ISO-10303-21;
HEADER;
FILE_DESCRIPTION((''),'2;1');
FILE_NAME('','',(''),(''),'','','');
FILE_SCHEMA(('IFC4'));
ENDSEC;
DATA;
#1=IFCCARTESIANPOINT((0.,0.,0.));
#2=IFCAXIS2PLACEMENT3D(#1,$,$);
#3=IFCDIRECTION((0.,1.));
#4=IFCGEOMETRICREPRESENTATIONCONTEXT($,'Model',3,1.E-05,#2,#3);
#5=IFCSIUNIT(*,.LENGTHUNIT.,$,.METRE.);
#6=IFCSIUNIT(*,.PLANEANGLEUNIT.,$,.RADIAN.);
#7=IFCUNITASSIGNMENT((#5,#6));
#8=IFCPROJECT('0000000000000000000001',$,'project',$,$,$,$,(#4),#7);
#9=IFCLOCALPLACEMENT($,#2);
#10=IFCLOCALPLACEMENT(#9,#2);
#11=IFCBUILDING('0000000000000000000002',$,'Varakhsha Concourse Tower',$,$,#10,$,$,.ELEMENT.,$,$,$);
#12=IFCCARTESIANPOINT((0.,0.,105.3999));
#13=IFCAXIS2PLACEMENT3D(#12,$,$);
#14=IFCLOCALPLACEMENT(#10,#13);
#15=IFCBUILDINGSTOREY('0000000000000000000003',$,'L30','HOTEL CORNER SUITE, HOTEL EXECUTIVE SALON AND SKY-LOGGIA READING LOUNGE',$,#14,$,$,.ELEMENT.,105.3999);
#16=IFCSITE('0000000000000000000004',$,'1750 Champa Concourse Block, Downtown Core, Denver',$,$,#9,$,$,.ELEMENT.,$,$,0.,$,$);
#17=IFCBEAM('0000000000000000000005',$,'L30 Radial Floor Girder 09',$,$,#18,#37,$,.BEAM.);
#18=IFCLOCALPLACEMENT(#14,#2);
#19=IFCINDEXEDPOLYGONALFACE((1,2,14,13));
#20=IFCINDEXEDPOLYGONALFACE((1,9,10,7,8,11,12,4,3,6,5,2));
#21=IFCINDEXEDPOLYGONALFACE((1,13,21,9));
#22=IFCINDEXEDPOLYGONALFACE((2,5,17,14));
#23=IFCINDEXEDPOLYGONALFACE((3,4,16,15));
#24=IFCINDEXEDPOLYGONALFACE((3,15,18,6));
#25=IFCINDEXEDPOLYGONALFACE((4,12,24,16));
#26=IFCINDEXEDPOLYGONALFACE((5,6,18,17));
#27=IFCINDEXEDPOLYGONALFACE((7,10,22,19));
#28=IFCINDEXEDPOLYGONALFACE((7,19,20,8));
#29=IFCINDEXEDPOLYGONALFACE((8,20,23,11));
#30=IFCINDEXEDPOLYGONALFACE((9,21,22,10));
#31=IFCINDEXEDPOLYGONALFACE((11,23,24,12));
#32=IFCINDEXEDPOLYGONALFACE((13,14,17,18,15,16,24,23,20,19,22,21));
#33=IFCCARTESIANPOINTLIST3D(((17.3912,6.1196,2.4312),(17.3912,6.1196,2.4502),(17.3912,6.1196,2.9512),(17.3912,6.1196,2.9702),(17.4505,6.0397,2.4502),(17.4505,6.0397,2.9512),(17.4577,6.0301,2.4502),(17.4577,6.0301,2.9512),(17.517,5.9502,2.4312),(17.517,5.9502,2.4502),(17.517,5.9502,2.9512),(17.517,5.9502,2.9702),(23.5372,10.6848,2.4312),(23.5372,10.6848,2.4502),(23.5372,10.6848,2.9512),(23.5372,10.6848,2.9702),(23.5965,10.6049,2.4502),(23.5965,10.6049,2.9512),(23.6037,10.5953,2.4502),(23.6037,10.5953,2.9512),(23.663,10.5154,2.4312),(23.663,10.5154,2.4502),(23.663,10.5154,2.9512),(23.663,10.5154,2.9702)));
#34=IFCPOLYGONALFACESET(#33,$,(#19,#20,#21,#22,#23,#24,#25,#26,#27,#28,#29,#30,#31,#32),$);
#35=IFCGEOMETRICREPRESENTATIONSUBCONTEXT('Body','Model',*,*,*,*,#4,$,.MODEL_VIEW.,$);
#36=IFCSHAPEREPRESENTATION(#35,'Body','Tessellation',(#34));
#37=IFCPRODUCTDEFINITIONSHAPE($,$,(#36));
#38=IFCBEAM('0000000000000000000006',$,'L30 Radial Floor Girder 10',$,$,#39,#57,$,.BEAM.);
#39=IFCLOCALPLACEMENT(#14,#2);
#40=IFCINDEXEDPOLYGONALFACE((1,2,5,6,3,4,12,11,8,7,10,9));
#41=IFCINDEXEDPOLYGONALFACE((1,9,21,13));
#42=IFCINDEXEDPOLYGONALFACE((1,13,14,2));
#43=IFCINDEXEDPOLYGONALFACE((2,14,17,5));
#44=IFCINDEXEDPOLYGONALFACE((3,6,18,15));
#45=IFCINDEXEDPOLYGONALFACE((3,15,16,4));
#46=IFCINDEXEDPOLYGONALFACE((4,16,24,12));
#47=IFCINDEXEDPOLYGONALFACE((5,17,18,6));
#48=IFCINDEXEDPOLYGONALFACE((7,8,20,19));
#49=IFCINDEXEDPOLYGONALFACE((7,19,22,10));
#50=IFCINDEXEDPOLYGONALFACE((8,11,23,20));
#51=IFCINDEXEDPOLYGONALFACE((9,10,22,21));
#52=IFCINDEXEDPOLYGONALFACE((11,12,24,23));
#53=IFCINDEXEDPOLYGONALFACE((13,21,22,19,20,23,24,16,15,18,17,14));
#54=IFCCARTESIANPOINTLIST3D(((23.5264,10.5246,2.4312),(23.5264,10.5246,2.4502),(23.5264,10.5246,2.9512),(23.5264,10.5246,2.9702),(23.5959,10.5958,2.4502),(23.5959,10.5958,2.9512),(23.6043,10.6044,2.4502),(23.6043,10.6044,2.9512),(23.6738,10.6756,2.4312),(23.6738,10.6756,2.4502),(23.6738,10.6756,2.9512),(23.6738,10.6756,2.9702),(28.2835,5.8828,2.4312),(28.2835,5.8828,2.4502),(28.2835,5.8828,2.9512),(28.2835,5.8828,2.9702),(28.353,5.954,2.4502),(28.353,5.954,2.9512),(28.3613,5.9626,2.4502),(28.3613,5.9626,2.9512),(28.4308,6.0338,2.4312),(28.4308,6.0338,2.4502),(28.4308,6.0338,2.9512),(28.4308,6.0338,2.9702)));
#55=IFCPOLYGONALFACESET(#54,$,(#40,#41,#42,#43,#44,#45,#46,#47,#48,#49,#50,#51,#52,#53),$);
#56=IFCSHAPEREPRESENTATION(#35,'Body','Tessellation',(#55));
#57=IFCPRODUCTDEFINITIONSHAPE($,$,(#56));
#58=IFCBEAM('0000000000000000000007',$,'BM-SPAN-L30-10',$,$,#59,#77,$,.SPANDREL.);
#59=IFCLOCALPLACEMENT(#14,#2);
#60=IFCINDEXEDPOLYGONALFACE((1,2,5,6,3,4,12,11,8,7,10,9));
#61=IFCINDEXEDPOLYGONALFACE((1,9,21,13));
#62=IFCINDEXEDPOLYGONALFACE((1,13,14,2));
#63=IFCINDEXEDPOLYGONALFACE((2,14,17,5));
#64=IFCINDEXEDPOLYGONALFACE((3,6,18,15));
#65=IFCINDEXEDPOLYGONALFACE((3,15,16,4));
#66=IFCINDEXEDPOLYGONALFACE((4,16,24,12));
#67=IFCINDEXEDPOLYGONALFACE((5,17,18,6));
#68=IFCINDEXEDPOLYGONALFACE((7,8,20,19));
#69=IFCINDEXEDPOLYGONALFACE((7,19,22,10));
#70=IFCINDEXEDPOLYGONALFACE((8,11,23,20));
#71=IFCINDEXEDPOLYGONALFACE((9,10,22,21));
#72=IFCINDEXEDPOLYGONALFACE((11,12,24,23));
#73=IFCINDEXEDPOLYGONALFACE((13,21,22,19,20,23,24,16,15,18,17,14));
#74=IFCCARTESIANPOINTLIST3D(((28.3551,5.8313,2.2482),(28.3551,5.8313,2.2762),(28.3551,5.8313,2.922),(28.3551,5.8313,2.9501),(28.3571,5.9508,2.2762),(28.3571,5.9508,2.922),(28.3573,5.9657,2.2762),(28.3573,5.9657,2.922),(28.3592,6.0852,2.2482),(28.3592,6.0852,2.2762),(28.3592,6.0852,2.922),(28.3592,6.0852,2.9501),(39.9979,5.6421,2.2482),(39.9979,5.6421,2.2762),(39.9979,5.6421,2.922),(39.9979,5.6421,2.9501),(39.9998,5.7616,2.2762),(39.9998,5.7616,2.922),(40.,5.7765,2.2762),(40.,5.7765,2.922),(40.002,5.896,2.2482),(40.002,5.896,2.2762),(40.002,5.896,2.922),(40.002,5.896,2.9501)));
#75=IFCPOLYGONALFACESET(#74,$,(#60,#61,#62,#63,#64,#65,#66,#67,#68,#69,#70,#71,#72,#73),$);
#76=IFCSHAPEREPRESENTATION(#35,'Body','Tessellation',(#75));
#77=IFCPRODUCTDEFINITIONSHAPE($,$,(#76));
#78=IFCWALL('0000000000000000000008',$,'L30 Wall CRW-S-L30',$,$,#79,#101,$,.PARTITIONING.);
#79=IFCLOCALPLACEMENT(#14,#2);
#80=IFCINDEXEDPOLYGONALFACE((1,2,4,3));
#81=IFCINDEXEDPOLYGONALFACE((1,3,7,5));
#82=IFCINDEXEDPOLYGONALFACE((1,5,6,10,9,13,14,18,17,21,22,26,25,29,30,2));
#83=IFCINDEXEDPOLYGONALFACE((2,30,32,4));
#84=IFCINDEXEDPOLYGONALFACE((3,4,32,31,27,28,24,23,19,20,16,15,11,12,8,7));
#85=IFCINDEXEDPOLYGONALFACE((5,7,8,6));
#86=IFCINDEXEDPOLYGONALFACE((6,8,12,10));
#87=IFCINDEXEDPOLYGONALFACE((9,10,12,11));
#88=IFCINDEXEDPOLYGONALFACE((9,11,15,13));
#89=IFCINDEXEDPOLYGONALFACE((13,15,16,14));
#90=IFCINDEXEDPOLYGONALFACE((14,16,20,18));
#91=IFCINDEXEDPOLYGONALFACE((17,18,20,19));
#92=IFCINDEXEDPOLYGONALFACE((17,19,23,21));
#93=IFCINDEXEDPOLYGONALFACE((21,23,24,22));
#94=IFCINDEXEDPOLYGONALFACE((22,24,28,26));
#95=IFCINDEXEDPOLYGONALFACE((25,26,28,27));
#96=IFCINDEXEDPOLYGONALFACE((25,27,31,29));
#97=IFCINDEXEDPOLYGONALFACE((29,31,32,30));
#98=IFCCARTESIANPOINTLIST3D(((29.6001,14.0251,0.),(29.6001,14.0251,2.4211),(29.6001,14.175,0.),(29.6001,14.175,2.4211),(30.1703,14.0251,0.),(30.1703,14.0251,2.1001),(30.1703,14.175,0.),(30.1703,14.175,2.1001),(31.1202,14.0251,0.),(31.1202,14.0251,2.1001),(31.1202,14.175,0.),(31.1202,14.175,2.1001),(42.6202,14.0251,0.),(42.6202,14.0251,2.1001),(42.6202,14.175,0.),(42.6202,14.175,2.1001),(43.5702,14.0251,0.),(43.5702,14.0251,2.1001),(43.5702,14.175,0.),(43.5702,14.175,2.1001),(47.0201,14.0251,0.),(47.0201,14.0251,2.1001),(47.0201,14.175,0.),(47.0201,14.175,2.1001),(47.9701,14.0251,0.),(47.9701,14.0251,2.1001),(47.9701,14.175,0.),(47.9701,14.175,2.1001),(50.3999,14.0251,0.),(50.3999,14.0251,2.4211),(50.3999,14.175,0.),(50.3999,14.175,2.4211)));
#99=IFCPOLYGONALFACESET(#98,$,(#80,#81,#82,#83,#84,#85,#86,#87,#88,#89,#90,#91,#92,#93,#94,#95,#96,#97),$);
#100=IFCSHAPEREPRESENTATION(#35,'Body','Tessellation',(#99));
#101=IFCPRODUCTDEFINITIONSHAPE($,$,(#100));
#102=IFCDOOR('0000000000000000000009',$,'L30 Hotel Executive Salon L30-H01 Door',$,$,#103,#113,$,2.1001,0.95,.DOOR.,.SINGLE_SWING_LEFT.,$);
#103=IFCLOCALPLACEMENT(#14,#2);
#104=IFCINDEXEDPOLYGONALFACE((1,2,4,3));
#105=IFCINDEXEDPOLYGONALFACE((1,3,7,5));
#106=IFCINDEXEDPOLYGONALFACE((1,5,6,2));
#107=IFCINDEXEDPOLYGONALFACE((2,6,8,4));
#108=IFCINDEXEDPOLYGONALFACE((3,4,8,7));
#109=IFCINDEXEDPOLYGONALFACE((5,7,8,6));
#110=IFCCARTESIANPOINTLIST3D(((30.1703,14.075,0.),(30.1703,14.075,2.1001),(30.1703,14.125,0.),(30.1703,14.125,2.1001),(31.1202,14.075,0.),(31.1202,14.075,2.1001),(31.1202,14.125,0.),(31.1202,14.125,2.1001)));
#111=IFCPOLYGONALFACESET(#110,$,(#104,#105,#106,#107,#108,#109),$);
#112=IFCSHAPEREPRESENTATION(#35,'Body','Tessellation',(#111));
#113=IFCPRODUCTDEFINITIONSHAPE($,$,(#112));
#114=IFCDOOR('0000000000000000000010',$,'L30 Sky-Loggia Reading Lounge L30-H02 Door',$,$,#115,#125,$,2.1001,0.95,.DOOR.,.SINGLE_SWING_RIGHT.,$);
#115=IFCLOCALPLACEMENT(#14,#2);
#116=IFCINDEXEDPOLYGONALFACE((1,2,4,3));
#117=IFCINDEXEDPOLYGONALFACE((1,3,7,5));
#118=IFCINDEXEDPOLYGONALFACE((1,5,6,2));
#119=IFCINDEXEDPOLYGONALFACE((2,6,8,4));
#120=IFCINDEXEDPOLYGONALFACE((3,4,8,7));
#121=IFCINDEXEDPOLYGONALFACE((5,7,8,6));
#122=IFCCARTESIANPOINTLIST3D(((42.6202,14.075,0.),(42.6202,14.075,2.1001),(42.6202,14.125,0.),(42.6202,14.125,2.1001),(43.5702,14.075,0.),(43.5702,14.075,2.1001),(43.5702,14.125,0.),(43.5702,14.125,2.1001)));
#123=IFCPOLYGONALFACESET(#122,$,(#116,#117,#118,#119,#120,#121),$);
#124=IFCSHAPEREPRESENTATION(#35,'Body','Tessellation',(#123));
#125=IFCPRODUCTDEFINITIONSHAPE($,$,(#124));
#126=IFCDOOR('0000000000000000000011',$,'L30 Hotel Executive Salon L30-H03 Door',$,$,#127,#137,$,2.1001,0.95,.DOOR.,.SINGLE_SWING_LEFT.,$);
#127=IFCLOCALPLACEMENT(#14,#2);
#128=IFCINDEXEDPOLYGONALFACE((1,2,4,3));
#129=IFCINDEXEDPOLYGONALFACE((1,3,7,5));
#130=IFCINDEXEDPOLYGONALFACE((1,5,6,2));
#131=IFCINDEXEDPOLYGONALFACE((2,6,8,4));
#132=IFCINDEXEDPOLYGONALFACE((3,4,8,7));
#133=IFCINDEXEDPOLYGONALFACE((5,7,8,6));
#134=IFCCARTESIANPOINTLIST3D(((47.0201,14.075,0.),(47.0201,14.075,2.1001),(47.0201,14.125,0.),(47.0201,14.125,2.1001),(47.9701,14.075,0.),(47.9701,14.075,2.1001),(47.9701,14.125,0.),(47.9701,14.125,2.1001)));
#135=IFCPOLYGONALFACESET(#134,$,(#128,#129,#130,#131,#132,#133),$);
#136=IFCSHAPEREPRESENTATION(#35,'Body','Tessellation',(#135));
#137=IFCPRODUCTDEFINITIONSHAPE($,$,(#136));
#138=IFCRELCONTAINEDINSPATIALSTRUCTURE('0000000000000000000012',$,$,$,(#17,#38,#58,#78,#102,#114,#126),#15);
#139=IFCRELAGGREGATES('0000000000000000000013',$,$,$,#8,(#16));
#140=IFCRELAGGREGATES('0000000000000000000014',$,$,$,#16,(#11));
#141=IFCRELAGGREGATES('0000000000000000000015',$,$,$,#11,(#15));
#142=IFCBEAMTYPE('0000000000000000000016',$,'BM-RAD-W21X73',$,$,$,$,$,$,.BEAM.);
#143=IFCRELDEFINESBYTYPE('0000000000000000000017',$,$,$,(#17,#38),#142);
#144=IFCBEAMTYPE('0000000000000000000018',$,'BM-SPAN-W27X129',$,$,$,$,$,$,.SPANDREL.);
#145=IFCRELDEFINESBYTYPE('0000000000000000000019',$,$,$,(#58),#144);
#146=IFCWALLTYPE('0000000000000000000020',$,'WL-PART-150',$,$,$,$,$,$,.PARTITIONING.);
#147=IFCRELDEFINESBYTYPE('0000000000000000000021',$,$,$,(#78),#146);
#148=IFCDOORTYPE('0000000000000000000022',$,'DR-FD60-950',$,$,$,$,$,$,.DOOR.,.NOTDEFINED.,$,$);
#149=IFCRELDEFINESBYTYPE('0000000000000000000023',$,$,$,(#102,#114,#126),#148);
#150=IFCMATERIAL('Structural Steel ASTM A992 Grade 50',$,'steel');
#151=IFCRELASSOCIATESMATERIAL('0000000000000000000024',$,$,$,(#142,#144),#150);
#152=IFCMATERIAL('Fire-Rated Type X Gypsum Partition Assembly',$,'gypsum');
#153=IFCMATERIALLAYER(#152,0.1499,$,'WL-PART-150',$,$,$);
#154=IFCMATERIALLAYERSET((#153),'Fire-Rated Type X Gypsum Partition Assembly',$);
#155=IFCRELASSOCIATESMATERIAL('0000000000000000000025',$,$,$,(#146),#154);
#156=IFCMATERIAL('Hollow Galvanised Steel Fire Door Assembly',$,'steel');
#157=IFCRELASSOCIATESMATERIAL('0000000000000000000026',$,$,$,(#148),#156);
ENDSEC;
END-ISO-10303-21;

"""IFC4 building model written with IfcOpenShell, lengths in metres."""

from ifc_helpers import new_model, si_unit, direction, frame, frame_2d, origin, origin_2d, place, context, subcontext, project, spatial, rectangle, i_section, extrude, material, layer, layer_set, material_profile, profile_set, type_object, element, fill, save


model = new_model("IFC4")

# Units and contexts
model_context = context("Model", 3, precision=1e-05, world=origin(), true_north=direction((0.0, 1.0)))
body_context = subcontext(model_context, "Body", "Model", "MODEL_VIEW")
ifc_project = project(units=[si_unit("LENGTHUNIT", "METRE"), si_unit("PLANEANGLEUNIT", "RADIAN")], contexts=[model_context])

# Site, building, storey
site_placement = place(None, origin())
site = spatial("IfcSite", under=ifc_project, at=site_placement, Name="1750 Champa Concourse Block, Downtown Core, Denver", CompositionType="ELEMENT", RefElevation=0.0)
building_placement = place(site_placement, origin())
building = spatial("IfcBuilding", under=site, at=building_placement, Name="Varakhsha Concourse Tower", CompositionType="ELEMENT")
storey_placement = place(building_placement, frame((0.0, 0.0, 105.3999)))
storey = spatial("IfcBuildingStorey", under=building, at=storey_placement, Name="L30", Description="HOTEL CORNER SUITE, HOTEL EXECUTIVE SALON AND SKY-LOGGIA READING LOUNGE", CompositionType="ELEMENT", Elevation=105.3999)

# Shared definitions
ifc_material_1 = material(Name="Structural Steel ASTM A992 Grade 50", Category="steel")

# Beams
ifc_material_profile_1 = material_profile(ifc_material_1, i_section(OverallWidth=0.2109, OverallDepth=0.5391, WebThickness=0.012, FlangeThickness=0.019, at=origin_2d()), Name="W21X73")
ifc_profile_set_1 = profile_set([ifc_material_profile_1], Name="Structural Steel ASTM A992 Grade 50")
beam_type_1 = type_object("IfcBeamType", Name="BM-RAD-W21X73", PredefinedType="BEAM", material=ifc_profile_set_1)
beam_1_placement = place(storey_placement, frame((23.6001, 10.6001, 2.7007), z_axis=(-0.80277, -0.596289, 0.0), x_axis=(0.596289, -0.80277, 0.0)))
element("IfcBeam", 1, at=beam_1_placement, inside=storey, type_object=beam_type_1, Name="L30 Radial Floor Girder 09", PredefinedType="BEAM", context=body_context, shape_type="SweptSolid", body=[
    extrude(i_section(OverallWidth=0.2109, OverallDepth=0.5391, WebThickness=0.012, FlangeThickness=0.019, at=origin_2d()), origin(), (0.0, 0.0, 1.0), 7.656),
])
beam_2_placement = place(storey_placement, frame((23.6001, 10.6001, 2.7007), z_axis=(0.715722, -0.698385, 0.0), x_axis=(0.698385, 0.715722, 0.0)))
element("IfcBeam", 2, at=beam_2_placement, inside=storey, type_object=beam_type_1, Name="L30 Radial Floor Girder 10", PredefinedType="BEAM", context=body_context, shape_type="SweptSolid", body=[
    extrude(i_section(OverallWidth=0.2109, OverallDepth=0.5391, WebThickness=0.012, FlangeThickness=0.019, at=origin_2d()), origin(), (0.0, 0.0, 1.0), 6.6465),
])
ifc_material_profile_2 = material_profile(ifc_material_1, i_section(OverallWidth=0.2539, OverallDepth=0.7019, WebThickness=0.0149, FlangeThickness=0.0281, at=origin_2d()), Name="W27X129")
ifc_profile_set_2 = profile_set([ifc_material_profile_2], Name="Structural Steel ASTM A992 Grade 50")
beam_type_2 = type_object("IfcBeamType", Name="BM-SPAN-W27X129", PredefinedType="SPANDREL", material=ifc_profile_set_2)
beam_3_placement = place(storey_placement, frame((28.3572, 5.9583, 2.5991), z_axis=(0.999868, -0.016249, 0.0), x_axis=(0.016249, 0.999868, 0.0)))
element("IfcBeam", 3, at=beam_3_placement, inside=storey, type_object=beam_type_2, Name="BM-SPAN-L30-10", PredefinedType="SPANDREL", context=body_context, shape_type="SweptSolid", body=[
    extrude(i_section(OverallWidth=0.2539, OverallDepth=0.7019, WebThickness=0.0149, FlangeThickness=0.0281, at=origin_2d()), origin(), (0.0, 0.0, 1.0), 11.6443),
])

# Wall, openings, doors
ifc_material_2 = material(Name="Fire-Rated Type X Gypsum Partition Assembly", Category="gypsum")
ifc_layer = layer(ifc_material_2, 0.1499, Name="WL-PART-150")
ifc_layer_set = layer_set([ifc_layer], Name="Fire-Rated Type X Gypsum Partition Assembly")
wall_type = type_object("IfcWallType", Name="WL-PART-150", PredefinedType="PARTITIONING", material=ifc_layer_set)
wall_placement = place(storey_placement, frame((29.6001, 14.1001, 0.0), z_axis=(0.0, 0.0, 1.0), x_axis=(1.0, 0.0, 0.0)))
wall = element("IfcWall", 4, at=wall_placement, inside=storey, type_object=wall_type, Name="L30 Wall CRW-S-L30", PredefinedType="PARTITIONING", context=body_context, shape_type="SweptSolid", body=[
    extrude(rectangle(XDim=20.7998, YDim=0.1499, at=frame_2d((10.3999, 0.0))), origin(), (0.0, 0.0, 1.0), 2.4211),
])
opening_1_placement = place(wall_placement, frame((0.5701, 0.0, 0.0)))
opening_1 = element("IfcOpeningElement", 5, at=opening_1_placement, cuts=wall, PredefinedType="OPENING", context=body_context, shape_type="SweptSolid", body=[
    extrude(rectangle(XDim=0.95, YDim=2.1001, at=frame_2d((0.4751, 1.05))), frame((0.0, 0.085, 0.0), z_axis=(0.0, -1.0, 0.0), x_axis=(1.0, 0.0, 0.0)), (0.0, 0.0, 1.0), 0.1699),
])
opening_2_placement = place(wall_placement, frame((13.02, 0.0, 0.0)))
opening_2 = element("IfcOpeningElement", 6, at=opening_2_placement, cuts=wall, PredefinedType="OPENING", context=body_context, shape_type="SweptSolid", body=[
    extrude(rectangle(XDim=0.95, YDim=2.1001, at=frame_2d((0.4751, 1.05))), frame((0.0, 0.085, 0.0), z_axis=(0.0, -1.0, 0.0), x_axis=(1.0, 0.0, 0.0)), (0.0, 0.0, 1.0), 0.1699),
])
opening_3_placement = place(wall_placement, frame((17.4199, 0.0, 0.0)))
opening_3 = element("IfcOpeningElement", 7, at=opening_3_placement, cuts=wall, PredefinedType="OPENING", context=body_context, shape_type="SweptSolid", body=[
    extrude(rectangle(XDim=0.95, YDim=2.1001, at=frame_2d((0.4751, 1.05))), frame((0.0, 0.085, 0.0), z_axis=(0.0, -1.0, 0.0), x_axis=(1.0, 0.0, 0.0)), (0.0, 0.0, 1.0), 0.1699),
])
ifc_material_3 = material(Name="Hollow Galvanised Steel Fire Door Assembly", Category="steel")
door_type = type_object("IfcDoorType", Name="DR-FD60-950", OperationType="NOTDEFINED", PredefinedType="DOOR", material=ifc_material_3)
door_1_placement = place(opening_1_placement, origin())
door_1 = element("IfcDoor", 8, at=door_1_placement, inside=storey, type_object=door_type, Name="L30 Hotel Executive Salon L30-H01 Door", OperationType="SINGLE_SWING_LEFT", OverallHeight=2.1001, OverallWidth=0.95, PredefinedType="DOOR", context=body_context, shape_type="SweptSolid", body=[
    extrude(rectangle(XDim=0.95, YDim=2.1001, at=frame_2d((0.4751, 1.05))), frame((0.0, 0.0249, 0.0), z_axis=(0.0, -1.0, 0.0), x_axis=(1.0, 0.0, 0.0)), (0.0, 0.0, 1.0), 0.05),
])
fill(opening_1, door_1)
door_2_placement = place(opening_2_placement, origin())
door_2 = element("IfcDoor", 9, at=door_2_placement, inside=storey, type_object=door_type, Name="L30 Sky-Loggia Reading Lounge L30-H02 Door", OperationType="SINGLE_SWING_RIGHT", OverallHeight=2.1001, OverallWidth=0.95, PredefinedType="DOOR", context=body_context, shape_type="SweptSolid", body=[
    extrude(rectangle(XDim=0.95, YDim=2.1001, at=frame_2d((0.4751, 1.05))), frame((0.0, 0.0249, 0.0), z_axis=(0.0, -1.0, 0.0), x_axis=(1.0, 0.0, 0.0)), (0.0, 0.0, 1.0), 0.05),
])
fill(opening_2, door_2)
door_3_placement = place(opening_3_placement, origin())
door_3 = element("IfcDoor", 10, at=door_3_placement, inside=storey, type_object=door_type, Name="L30 Hotel Executive Salon L30-H03 Door", OperationType="SINGLE_SWING_LEFT", OverallHeight=2.1001, OverallWidth=0.95, PredefinedType="DOOR", context=body_context, shape_type="SweptSolid", body=[
    extrude(rectangle(XDim=0.95, YDim=2.1001, at=frame_2d((0.4751, 1.05))), frame((0.0, 0.0249, 0.0), z_axis=(0.0, -1.0, 0.0), x_axis=(1.0, 0.0, 0.0)), (0.0, 0.0, 1.0), 0.05),
])
fill(opening_3, door_3)

save(model, "model.ifc")
